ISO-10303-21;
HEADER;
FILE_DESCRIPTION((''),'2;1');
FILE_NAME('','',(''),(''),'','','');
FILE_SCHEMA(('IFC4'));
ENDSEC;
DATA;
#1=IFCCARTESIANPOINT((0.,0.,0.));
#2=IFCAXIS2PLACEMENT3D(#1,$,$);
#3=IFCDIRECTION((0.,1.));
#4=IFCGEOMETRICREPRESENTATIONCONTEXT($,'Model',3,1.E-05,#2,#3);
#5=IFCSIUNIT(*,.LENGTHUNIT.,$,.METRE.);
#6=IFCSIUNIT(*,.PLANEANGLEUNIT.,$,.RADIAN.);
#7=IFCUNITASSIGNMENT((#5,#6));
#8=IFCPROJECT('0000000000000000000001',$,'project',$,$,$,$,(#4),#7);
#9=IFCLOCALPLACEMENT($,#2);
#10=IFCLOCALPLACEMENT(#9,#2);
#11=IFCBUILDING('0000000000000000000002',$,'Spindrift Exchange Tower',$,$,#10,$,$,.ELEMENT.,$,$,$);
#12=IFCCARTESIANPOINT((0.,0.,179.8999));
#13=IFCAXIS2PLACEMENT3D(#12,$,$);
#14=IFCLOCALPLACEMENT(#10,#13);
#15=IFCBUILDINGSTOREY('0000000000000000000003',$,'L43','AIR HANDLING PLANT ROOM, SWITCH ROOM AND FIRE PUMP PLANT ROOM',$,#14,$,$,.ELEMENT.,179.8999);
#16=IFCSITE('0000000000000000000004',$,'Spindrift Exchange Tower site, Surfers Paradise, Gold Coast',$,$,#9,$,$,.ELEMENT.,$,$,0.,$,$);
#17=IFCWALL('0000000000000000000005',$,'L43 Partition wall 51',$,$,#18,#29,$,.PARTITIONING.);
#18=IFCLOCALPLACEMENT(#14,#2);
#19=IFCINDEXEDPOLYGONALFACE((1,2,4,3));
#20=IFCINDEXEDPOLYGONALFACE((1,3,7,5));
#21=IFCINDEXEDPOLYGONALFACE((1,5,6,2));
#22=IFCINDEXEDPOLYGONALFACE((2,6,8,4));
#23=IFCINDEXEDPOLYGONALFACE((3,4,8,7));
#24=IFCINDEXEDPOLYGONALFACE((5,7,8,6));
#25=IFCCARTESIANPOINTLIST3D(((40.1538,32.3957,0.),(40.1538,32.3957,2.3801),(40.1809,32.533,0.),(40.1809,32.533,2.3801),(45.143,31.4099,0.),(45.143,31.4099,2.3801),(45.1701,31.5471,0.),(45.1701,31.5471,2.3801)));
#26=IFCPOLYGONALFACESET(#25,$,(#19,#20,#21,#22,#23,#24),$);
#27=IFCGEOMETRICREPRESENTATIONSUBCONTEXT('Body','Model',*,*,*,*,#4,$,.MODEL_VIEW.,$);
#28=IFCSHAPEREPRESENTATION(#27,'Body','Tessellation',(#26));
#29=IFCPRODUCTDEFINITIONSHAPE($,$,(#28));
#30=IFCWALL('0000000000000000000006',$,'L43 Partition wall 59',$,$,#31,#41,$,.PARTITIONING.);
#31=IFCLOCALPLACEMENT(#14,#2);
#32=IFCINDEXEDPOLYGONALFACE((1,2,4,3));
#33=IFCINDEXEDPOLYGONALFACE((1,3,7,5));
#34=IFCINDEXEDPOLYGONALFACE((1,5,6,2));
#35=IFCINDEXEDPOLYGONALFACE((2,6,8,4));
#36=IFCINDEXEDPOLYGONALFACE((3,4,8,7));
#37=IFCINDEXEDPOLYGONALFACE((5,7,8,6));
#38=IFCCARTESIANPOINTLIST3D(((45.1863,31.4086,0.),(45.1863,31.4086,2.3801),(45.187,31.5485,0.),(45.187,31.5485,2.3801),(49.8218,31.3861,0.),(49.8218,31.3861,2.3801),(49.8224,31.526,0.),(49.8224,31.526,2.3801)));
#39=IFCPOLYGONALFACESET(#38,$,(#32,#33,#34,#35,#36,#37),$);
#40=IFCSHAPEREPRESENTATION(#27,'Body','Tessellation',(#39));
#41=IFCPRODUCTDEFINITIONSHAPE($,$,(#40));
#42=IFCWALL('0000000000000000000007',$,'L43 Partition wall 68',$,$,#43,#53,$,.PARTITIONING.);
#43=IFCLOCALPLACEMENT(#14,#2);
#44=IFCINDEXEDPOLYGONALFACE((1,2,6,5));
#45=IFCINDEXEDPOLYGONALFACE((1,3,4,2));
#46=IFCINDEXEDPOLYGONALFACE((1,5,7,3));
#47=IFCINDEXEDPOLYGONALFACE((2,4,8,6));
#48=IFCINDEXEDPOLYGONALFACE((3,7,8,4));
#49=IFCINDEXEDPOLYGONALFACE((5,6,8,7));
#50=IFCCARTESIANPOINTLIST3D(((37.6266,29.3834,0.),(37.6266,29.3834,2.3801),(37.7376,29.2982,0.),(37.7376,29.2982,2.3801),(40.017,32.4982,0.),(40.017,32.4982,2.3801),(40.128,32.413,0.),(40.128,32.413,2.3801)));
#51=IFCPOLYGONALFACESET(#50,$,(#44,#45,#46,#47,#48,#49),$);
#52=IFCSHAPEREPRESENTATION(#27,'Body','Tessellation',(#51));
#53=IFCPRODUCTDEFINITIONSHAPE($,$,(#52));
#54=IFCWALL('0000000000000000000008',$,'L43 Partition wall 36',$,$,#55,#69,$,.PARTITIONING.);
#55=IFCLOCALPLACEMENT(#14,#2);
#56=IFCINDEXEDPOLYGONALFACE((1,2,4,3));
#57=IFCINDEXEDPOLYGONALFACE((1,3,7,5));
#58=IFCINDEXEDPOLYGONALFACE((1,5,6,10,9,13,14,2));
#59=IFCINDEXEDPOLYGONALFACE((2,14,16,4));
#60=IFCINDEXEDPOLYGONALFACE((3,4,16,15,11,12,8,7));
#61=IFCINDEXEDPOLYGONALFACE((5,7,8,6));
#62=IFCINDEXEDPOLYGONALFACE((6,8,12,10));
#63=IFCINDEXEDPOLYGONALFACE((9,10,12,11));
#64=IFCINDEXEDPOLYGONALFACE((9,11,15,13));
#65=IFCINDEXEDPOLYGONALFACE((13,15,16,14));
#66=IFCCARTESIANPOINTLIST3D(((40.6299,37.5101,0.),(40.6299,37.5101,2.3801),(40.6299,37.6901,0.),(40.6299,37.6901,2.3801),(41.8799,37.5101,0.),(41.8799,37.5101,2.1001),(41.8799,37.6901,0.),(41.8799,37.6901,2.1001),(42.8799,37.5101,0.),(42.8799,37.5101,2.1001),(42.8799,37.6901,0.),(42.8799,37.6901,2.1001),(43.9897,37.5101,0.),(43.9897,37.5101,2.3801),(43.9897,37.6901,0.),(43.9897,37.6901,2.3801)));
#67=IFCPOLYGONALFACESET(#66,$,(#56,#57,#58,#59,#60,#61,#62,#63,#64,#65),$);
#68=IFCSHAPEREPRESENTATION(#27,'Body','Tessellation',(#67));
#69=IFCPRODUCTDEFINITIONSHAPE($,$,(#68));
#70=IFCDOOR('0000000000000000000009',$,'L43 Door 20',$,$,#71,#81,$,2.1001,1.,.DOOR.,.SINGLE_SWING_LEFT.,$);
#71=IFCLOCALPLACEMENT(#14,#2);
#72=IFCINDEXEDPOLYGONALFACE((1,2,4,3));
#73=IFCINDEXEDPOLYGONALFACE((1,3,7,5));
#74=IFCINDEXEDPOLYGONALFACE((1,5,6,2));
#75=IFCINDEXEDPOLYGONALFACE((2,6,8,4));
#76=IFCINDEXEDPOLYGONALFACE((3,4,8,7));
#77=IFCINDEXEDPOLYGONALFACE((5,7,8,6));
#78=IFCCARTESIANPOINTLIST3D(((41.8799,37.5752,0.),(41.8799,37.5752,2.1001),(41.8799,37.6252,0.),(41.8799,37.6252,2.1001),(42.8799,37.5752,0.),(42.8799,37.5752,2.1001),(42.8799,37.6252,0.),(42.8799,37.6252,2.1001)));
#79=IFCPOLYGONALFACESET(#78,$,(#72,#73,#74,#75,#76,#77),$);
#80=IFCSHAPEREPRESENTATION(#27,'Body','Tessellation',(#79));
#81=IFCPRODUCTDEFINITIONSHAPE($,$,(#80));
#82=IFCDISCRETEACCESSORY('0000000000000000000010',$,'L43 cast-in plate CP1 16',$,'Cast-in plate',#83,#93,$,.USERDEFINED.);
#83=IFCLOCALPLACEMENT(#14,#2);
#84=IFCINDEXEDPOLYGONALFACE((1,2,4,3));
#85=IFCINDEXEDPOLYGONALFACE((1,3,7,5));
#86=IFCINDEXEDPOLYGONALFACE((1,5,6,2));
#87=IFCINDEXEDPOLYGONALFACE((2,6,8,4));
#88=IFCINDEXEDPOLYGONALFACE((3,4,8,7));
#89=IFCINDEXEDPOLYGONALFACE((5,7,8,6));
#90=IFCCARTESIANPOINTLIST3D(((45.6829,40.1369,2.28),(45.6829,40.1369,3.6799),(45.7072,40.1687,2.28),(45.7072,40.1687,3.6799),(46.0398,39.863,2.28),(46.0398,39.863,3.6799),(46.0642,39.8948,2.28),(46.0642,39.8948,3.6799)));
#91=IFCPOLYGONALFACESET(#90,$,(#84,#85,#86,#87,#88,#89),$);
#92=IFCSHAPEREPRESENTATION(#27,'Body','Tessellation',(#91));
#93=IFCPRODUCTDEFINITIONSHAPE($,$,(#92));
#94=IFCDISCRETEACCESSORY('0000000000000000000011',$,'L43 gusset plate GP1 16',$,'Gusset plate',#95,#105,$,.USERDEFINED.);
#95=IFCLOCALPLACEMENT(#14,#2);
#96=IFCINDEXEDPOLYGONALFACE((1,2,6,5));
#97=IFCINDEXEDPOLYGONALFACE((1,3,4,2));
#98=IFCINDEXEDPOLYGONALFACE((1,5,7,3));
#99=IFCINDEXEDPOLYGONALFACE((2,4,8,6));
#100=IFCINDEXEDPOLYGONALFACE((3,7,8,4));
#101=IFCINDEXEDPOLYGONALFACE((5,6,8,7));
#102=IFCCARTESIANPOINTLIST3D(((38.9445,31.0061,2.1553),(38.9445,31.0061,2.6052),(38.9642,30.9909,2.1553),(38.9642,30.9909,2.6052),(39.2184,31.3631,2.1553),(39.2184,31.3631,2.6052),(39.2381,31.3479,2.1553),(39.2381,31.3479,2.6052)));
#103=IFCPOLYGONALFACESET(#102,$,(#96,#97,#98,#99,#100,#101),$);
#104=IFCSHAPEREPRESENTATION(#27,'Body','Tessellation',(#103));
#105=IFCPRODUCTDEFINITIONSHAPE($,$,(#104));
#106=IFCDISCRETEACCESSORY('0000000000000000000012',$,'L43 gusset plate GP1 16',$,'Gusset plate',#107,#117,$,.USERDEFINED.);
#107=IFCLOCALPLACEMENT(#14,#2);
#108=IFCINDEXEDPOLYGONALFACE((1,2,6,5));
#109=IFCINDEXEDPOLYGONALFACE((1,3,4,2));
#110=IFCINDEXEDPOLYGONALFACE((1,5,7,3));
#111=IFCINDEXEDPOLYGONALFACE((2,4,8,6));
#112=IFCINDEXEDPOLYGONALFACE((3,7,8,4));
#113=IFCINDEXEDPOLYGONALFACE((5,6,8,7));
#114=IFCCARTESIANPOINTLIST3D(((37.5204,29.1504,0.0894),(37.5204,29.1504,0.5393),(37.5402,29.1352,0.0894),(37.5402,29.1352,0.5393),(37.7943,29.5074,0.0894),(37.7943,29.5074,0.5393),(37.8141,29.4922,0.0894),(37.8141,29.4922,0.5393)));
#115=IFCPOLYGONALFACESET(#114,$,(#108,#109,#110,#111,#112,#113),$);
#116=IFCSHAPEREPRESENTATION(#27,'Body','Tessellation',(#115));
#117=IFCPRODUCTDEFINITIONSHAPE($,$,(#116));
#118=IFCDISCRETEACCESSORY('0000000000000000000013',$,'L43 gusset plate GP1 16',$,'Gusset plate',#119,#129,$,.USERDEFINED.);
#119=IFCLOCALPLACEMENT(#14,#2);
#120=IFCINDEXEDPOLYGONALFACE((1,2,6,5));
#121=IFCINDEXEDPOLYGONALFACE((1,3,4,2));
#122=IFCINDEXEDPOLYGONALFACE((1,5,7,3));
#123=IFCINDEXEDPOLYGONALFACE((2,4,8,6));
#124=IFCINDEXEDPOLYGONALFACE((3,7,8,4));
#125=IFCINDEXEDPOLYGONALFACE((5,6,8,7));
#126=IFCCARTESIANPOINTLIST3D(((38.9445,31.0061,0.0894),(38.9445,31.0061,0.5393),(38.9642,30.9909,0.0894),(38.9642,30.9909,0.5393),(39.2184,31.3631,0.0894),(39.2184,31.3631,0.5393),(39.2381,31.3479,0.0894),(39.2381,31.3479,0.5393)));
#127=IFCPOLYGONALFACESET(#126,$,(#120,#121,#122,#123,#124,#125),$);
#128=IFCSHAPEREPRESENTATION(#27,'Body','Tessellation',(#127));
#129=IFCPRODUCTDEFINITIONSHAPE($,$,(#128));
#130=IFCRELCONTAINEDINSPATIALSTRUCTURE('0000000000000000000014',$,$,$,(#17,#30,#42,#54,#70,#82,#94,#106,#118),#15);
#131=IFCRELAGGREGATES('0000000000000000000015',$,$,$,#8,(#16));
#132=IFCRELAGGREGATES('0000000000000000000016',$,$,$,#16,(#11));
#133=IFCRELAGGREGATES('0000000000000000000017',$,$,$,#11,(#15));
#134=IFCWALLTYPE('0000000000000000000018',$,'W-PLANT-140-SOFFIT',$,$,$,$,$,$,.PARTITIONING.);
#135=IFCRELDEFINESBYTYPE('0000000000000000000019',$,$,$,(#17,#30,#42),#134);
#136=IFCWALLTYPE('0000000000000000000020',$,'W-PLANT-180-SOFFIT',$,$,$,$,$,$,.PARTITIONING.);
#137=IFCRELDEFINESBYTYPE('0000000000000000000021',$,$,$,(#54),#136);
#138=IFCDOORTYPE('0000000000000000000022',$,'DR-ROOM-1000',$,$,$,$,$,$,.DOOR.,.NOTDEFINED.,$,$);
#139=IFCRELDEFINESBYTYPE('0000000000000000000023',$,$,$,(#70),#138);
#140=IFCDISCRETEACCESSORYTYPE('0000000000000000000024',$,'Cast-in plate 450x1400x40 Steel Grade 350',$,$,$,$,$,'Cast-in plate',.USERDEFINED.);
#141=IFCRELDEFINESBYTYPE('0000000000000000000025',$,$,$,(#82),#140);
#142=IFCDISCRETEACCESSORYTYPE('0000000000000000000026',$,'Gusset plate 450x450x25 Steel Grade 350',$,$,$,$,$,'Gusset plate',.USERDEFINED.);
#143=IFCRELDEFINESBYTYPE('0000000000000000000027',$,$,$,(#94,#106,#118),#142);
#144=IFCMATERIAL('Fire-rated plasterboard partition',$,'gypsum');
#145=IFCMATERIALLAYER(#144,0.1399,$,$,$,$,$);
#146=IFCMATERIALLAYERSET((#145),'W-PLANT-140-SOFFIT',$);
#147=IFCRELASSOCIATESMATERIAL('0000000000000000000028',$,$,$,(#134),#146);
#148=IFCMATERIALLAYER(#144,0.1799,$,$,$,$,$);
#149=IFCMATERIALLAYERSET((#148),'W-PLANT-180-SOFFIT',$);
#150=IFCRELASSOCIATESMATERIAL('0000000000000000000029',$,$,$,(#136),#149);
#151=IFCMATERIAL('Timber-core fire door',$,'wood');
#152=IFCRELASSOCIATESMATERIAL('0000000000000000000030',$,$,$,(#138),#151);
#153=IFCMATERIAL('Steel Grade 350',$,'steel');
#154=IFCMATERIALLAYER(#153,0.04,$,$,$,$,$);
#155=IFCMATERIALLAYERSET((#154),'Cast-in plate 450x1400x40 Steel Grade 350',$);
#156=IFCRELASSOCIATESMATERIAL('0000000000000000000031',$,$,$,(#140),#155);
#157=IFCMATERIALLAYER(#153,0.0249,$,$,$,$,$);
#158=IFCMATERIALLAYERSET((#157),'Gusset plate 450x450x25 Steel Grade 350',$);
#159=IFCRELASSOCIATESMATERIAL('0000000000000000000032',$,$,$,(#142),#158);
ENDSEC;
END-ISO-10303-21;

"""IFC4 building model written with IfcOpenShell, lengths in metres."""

from ifc_helpers import new_model, si_unit, direction, frame, frame_2d, origin, origin_2d, place, context, subcontext, project, spatial, rectangle, extrude, source, transform, mapped, material, layer, layer_set, type_object, element, fill, save


model = new_model("IFC4")

# Units and contexts
model_context = context("Model", 3, precision=1e-05, world=origin(), true_north=direction((0.0, 1.0)))
body_context = subcontext(model_context, "Body", "Model", "MODEL_VIEW")
ifc_project = project(units=[si_unit("LENGTHUNIT", "METRE"), si_unit("PLANEANGLEUNIT", "RADIAN")], contexts=[model_context])

# Site, building, storey
site_placement = place(None, origin())
site = spatial("IfcSite", under=ifc_project, at=site_placement, Name="Spindrift Exchange Tower site, Surfers Paradise, Gold Coast", CompositionType="ELEMENT", RefElevation=0.0)
building_placement = place(site_placement, origin())
building = spatial("IfcBuilding", under=site, at=building_placement, Name="Spindrift Exchange Tower", CompositionType="ELEMENT")
storey_placement = place(building_placement, frame((0.0, 0.0, 179.8999)))
storey = spatial("IfcBuildingStorey", under=building, at=storey_placement, Name="L43", Description="AIR HANDLING PLANT ROOM, SWITCH ROOM AND FIRE PUMP PLANT ROOM", CompositionType="ELEMENT", Elevation=179.8999)

# Shared definitions
ifc_material_1 = material(Name="Fire-rated plasterboard partition", Category="gypsum")

# Walls
ifc_layer_1 = layer(ifc_material_1, 0.1399)
ifc_layer_set_1 = layer_set([ifc_layer_1], Name="W-PLANT-140-SOFFIT")
wall_type_1 = type_object("IfcWallType", Name="W-PLANT-140-SOFFIT", PredefinedType="PARTITIONING", material=ifc_layer_set_1)
wall_1_placement = place(storey_placement, frame((40.1672, 32.4644, 0.0), z_axis=(0.0, 0.0, 1.0), x_axis=(0.981032, -0.193845, 0.0)))
element("IfcWall", 1, at=wall_1_placement, inside=storey, type_object=wall_type_1, Name="L43 Partition wall 51", PredefinedType="PARTITIONING", context=body_context, shape_type="SweptSolid", body=[
    extrude(rectangle(XDim=5.0857, YDim=0.1399, at=frame_2d((2.543, 0.0))), origin(), (0.0, 0.0, 1.0), 2.3801),
])
wall_2_placement = place(storey_placement, frame((45.1865, 31.4785, 0.0), z_axis=(0.0, 0.0, 1.0), x_axis=(0.999988, -0.004845, 0.0)))
element("IfcWall", 2, at=wall_2_placement, inside=storey, type_object=wall_type_1, Name="L43 Partition wall 59", PredefinedType="PARTITIONING", context=body_context, shape_type="SweptSolid", body=[
    extrude(rectangle(XDim=4.6355, YDim=0.1399, at=frame_2d((2.3179, 0.0))), origin(), (0.0, 0.0, 1.0), 2.3801),
])
wall_3_placement = place(storey_placement, frame((40.0725, 32.4556, 0.0), z_axis=(0.0, 0.0, 1.0), x_axis=(-0.608818, -0.79331, 0.0)))
element("IfcWall", 3, at=wall_3_placement, inside=storey, type_object=wall_type_1, Name="L43 Partition wall 68", PredefinedType="PARTITIONING", context=body_context, shape_type="SweptSolid", body=[
    extrude(rectangle(XDim=3.9263, YDim=0.1399, at=frame_2d((1.9631, 0.0))), origin(), (0.0, 0.0, 1.0), 2.3801),
])

# Wall, opening, door
ifc_layer_2 = layer(ifc_material_1, 0.1799)
ifc_layer_set_2 = layer_set([ifc_layer_2], Name="W-PLANT-180-SOFFIT")
wall_type_2 = type_object("IfcWallType", Name="W-PLANT-180-SOFFIT", PredefinedType="PARTITIONING", material=ifc_layer_set_2)
wall_4_placement = place(storey_placement, frame((43.9897, 37.6001, 0.0), z_axis=(0.0, 0.0, 1.0), x_axis=(-1.0, 0.0, 0.0)))
wall_4 = element("IfcWall", 4, at=wall_4_placement, inside=storey, type_object=wall_type_2, Name="L43 Partition wall 36", PredefinedType="PARTITIONING", context=body_context, shape_type="SweptSolid", body=[
    extrude(rectangle(XDim=3.3599, YDim=0.1799, at=frame_2d((1.6799, 0.0))), origin(), (0.0, 0.0, 1.0), 2.3801),
])
opening_1_placement = place(wall_4_placement, frame((1.1099, 0.0, 0.0)))
opening_1 = element("IfcOpeningElement", 5, at=opening_1_placement, cuts=wall_4, PredefinedType="OPENING", context=body_context, shape_type="SweptSolid", body=[
    extrude(rectangle(XDim=1.0, YDim=2.1001, at=frame_2d((0.5, 1.05))), frame((0.0, 0.0999, 0.0), z_axis=(0.0, -1.0, 0.0), x_axis=(1.0, 0.0, 0.0)), (0.0, 0.0, 1.0), 0.2),
])
ifc_material_2 = material(Name="Timber-core fire door", Category="wood")
door_type_1 = type_object("IfcDoorType", Name="DR-ROOM-1000", OperationType="NOTDEFINED", PredefinedType="DOOR", material=ifc_material_2)
shared_shape_1 = source(origin(), body_context, "Body", "SweptSolid", [
    extrude(rectangle(XDim=1.0, YDim=2.1001, at=frame_2d((0.5, 1.05))), frame((0.0, 0.0249, 0.0), z_axis=(0.0, -1.0, 0.0), x_axis=(1.0, 0.0, 0.0)), (0.0, 0.0, 1.0), 0.05),
])
door_1_placement = place(opening_1_placement, origin())
door_1 = element("IfcDoor", 6, at=door_1_placement, inside=storey, type_object=door_type_1, Name="L43 Door 20", OperationType="SINGLE_SWING_LEFT", OverallHeight=2.1001, OverallWidth=1.0, PredefinedType="DOOR", context=body_context, shape_type="MappedRepresentation", body=[
    mapped(shared_shape_1, transform((0.0, 0.0, 0.0), scale=1.0)),
])
fill(opening_1, door_1)

# Discrete accessories
ifc_material_3 = material(Name="Steel Grade 350", Category="steel")
ifc_layer_3 = layer(ifc_material_3, 0.04)
ifc_layer_set_3 = layer_set([ifc_layer_3], Name="Cast-in plate 450x1400x40 Steel Grade 350")
discrete_accessory_type_1 = type_object("IfcDiscreteAccessoryType", Name="Cast-in plate 450x1400x40 Steel Grade 350", ElementType="Cast-in plate", PredefinedType="USERDEFINED", material=ifc_layer_set_3)
shared_shape_2 = source(origin(), body_context, "Body", "SweptSolid", [
    extrude(rectangle(XDim=0.04, YDim=0.45, at=origin_2d()), origin(), (0.0, 0.0, 1.0), 1.3999),
])
discrete_accessory_placement = place(storey_placement, frame((45.8735, 40.0159, 2.28), z_axis=(0.0, 0.0, 1.0), x_axis=(-0.608761, -0.793353, 0.0)))
element("IfcDiscreteAccessory", 7, at=discrete_accessory_placement, inside=storey, type_object=discrete_accessory_type_1, Name="L43 cast-in plate CP1 16", ObjectType="Cast-in plate", PredefinedType="USERDEFINED", context=body_context, shape_type="MappedRepresentation", body=[
    mapped(shared_shape_2, transform((0.0, 0.0, 0.0), scale=1.0)),
])
ifc_layer_4 = layer(ifc_material_3, 0.0249)
ifc_layer_set_4 = layer_set([ifc_layer_4], Name="Gusset plate 450x450x25 Steel Grade 350")
discrete_accessory_type_2 = type_object("IfcDiscreteAccessoryType", Name="Gusset plate 450x450x25 Steel Grade 350", ElementType="Gusset plate", PredefinedType="USERDEFINED", material=ifc_layer_set_4)
shared_shape_3 = source(origin(), body_context, "Body", "SweptSolid", [
    extrude(rectangle(XDim=0.45, YDim=0.0249, at=origin_2d()), origin(), (0.0, 0.0, 1.0), 0.45),
])
for number, where, z_axis, x_axis, name in (
    (8, (39.0913, 31.177, 2.1553), (0.0, 0.0, 1.0), (-0.608774, -0.793344, 0.0), "L43 gusset plate GP1 16"),
    (9, (37.6672, 29.3213, 0.0894), (0.0, 0.0, 1.0), (-0.608774, -0.793344, 0.0), "L43 gusset plate GP1 16"),
    (10, (39.0913, 31.177, 0.0894), (0.0, 0.0, 1.0), (-0.608761, -0.793353, 0.0), "L43 gusset plate GP1 16"),
):
    element("IfcDiscreteAccessory", number, at=place(storey_placement, frame(where, z_axis=z_axis, x_axis=x_axis)), inside=storey, type_object=discrete_accessory_type_2, Name=name, ObjectType="Gusset plate", PredefinedType="USERDEFINED", context=body_context, shape_type="MappedRepresentation", body=[
        mapped(shared_shape_3, transform((0.0, 0.0, 0.0), scale=1.0)),
    ])

save(model, "model.ifc")
